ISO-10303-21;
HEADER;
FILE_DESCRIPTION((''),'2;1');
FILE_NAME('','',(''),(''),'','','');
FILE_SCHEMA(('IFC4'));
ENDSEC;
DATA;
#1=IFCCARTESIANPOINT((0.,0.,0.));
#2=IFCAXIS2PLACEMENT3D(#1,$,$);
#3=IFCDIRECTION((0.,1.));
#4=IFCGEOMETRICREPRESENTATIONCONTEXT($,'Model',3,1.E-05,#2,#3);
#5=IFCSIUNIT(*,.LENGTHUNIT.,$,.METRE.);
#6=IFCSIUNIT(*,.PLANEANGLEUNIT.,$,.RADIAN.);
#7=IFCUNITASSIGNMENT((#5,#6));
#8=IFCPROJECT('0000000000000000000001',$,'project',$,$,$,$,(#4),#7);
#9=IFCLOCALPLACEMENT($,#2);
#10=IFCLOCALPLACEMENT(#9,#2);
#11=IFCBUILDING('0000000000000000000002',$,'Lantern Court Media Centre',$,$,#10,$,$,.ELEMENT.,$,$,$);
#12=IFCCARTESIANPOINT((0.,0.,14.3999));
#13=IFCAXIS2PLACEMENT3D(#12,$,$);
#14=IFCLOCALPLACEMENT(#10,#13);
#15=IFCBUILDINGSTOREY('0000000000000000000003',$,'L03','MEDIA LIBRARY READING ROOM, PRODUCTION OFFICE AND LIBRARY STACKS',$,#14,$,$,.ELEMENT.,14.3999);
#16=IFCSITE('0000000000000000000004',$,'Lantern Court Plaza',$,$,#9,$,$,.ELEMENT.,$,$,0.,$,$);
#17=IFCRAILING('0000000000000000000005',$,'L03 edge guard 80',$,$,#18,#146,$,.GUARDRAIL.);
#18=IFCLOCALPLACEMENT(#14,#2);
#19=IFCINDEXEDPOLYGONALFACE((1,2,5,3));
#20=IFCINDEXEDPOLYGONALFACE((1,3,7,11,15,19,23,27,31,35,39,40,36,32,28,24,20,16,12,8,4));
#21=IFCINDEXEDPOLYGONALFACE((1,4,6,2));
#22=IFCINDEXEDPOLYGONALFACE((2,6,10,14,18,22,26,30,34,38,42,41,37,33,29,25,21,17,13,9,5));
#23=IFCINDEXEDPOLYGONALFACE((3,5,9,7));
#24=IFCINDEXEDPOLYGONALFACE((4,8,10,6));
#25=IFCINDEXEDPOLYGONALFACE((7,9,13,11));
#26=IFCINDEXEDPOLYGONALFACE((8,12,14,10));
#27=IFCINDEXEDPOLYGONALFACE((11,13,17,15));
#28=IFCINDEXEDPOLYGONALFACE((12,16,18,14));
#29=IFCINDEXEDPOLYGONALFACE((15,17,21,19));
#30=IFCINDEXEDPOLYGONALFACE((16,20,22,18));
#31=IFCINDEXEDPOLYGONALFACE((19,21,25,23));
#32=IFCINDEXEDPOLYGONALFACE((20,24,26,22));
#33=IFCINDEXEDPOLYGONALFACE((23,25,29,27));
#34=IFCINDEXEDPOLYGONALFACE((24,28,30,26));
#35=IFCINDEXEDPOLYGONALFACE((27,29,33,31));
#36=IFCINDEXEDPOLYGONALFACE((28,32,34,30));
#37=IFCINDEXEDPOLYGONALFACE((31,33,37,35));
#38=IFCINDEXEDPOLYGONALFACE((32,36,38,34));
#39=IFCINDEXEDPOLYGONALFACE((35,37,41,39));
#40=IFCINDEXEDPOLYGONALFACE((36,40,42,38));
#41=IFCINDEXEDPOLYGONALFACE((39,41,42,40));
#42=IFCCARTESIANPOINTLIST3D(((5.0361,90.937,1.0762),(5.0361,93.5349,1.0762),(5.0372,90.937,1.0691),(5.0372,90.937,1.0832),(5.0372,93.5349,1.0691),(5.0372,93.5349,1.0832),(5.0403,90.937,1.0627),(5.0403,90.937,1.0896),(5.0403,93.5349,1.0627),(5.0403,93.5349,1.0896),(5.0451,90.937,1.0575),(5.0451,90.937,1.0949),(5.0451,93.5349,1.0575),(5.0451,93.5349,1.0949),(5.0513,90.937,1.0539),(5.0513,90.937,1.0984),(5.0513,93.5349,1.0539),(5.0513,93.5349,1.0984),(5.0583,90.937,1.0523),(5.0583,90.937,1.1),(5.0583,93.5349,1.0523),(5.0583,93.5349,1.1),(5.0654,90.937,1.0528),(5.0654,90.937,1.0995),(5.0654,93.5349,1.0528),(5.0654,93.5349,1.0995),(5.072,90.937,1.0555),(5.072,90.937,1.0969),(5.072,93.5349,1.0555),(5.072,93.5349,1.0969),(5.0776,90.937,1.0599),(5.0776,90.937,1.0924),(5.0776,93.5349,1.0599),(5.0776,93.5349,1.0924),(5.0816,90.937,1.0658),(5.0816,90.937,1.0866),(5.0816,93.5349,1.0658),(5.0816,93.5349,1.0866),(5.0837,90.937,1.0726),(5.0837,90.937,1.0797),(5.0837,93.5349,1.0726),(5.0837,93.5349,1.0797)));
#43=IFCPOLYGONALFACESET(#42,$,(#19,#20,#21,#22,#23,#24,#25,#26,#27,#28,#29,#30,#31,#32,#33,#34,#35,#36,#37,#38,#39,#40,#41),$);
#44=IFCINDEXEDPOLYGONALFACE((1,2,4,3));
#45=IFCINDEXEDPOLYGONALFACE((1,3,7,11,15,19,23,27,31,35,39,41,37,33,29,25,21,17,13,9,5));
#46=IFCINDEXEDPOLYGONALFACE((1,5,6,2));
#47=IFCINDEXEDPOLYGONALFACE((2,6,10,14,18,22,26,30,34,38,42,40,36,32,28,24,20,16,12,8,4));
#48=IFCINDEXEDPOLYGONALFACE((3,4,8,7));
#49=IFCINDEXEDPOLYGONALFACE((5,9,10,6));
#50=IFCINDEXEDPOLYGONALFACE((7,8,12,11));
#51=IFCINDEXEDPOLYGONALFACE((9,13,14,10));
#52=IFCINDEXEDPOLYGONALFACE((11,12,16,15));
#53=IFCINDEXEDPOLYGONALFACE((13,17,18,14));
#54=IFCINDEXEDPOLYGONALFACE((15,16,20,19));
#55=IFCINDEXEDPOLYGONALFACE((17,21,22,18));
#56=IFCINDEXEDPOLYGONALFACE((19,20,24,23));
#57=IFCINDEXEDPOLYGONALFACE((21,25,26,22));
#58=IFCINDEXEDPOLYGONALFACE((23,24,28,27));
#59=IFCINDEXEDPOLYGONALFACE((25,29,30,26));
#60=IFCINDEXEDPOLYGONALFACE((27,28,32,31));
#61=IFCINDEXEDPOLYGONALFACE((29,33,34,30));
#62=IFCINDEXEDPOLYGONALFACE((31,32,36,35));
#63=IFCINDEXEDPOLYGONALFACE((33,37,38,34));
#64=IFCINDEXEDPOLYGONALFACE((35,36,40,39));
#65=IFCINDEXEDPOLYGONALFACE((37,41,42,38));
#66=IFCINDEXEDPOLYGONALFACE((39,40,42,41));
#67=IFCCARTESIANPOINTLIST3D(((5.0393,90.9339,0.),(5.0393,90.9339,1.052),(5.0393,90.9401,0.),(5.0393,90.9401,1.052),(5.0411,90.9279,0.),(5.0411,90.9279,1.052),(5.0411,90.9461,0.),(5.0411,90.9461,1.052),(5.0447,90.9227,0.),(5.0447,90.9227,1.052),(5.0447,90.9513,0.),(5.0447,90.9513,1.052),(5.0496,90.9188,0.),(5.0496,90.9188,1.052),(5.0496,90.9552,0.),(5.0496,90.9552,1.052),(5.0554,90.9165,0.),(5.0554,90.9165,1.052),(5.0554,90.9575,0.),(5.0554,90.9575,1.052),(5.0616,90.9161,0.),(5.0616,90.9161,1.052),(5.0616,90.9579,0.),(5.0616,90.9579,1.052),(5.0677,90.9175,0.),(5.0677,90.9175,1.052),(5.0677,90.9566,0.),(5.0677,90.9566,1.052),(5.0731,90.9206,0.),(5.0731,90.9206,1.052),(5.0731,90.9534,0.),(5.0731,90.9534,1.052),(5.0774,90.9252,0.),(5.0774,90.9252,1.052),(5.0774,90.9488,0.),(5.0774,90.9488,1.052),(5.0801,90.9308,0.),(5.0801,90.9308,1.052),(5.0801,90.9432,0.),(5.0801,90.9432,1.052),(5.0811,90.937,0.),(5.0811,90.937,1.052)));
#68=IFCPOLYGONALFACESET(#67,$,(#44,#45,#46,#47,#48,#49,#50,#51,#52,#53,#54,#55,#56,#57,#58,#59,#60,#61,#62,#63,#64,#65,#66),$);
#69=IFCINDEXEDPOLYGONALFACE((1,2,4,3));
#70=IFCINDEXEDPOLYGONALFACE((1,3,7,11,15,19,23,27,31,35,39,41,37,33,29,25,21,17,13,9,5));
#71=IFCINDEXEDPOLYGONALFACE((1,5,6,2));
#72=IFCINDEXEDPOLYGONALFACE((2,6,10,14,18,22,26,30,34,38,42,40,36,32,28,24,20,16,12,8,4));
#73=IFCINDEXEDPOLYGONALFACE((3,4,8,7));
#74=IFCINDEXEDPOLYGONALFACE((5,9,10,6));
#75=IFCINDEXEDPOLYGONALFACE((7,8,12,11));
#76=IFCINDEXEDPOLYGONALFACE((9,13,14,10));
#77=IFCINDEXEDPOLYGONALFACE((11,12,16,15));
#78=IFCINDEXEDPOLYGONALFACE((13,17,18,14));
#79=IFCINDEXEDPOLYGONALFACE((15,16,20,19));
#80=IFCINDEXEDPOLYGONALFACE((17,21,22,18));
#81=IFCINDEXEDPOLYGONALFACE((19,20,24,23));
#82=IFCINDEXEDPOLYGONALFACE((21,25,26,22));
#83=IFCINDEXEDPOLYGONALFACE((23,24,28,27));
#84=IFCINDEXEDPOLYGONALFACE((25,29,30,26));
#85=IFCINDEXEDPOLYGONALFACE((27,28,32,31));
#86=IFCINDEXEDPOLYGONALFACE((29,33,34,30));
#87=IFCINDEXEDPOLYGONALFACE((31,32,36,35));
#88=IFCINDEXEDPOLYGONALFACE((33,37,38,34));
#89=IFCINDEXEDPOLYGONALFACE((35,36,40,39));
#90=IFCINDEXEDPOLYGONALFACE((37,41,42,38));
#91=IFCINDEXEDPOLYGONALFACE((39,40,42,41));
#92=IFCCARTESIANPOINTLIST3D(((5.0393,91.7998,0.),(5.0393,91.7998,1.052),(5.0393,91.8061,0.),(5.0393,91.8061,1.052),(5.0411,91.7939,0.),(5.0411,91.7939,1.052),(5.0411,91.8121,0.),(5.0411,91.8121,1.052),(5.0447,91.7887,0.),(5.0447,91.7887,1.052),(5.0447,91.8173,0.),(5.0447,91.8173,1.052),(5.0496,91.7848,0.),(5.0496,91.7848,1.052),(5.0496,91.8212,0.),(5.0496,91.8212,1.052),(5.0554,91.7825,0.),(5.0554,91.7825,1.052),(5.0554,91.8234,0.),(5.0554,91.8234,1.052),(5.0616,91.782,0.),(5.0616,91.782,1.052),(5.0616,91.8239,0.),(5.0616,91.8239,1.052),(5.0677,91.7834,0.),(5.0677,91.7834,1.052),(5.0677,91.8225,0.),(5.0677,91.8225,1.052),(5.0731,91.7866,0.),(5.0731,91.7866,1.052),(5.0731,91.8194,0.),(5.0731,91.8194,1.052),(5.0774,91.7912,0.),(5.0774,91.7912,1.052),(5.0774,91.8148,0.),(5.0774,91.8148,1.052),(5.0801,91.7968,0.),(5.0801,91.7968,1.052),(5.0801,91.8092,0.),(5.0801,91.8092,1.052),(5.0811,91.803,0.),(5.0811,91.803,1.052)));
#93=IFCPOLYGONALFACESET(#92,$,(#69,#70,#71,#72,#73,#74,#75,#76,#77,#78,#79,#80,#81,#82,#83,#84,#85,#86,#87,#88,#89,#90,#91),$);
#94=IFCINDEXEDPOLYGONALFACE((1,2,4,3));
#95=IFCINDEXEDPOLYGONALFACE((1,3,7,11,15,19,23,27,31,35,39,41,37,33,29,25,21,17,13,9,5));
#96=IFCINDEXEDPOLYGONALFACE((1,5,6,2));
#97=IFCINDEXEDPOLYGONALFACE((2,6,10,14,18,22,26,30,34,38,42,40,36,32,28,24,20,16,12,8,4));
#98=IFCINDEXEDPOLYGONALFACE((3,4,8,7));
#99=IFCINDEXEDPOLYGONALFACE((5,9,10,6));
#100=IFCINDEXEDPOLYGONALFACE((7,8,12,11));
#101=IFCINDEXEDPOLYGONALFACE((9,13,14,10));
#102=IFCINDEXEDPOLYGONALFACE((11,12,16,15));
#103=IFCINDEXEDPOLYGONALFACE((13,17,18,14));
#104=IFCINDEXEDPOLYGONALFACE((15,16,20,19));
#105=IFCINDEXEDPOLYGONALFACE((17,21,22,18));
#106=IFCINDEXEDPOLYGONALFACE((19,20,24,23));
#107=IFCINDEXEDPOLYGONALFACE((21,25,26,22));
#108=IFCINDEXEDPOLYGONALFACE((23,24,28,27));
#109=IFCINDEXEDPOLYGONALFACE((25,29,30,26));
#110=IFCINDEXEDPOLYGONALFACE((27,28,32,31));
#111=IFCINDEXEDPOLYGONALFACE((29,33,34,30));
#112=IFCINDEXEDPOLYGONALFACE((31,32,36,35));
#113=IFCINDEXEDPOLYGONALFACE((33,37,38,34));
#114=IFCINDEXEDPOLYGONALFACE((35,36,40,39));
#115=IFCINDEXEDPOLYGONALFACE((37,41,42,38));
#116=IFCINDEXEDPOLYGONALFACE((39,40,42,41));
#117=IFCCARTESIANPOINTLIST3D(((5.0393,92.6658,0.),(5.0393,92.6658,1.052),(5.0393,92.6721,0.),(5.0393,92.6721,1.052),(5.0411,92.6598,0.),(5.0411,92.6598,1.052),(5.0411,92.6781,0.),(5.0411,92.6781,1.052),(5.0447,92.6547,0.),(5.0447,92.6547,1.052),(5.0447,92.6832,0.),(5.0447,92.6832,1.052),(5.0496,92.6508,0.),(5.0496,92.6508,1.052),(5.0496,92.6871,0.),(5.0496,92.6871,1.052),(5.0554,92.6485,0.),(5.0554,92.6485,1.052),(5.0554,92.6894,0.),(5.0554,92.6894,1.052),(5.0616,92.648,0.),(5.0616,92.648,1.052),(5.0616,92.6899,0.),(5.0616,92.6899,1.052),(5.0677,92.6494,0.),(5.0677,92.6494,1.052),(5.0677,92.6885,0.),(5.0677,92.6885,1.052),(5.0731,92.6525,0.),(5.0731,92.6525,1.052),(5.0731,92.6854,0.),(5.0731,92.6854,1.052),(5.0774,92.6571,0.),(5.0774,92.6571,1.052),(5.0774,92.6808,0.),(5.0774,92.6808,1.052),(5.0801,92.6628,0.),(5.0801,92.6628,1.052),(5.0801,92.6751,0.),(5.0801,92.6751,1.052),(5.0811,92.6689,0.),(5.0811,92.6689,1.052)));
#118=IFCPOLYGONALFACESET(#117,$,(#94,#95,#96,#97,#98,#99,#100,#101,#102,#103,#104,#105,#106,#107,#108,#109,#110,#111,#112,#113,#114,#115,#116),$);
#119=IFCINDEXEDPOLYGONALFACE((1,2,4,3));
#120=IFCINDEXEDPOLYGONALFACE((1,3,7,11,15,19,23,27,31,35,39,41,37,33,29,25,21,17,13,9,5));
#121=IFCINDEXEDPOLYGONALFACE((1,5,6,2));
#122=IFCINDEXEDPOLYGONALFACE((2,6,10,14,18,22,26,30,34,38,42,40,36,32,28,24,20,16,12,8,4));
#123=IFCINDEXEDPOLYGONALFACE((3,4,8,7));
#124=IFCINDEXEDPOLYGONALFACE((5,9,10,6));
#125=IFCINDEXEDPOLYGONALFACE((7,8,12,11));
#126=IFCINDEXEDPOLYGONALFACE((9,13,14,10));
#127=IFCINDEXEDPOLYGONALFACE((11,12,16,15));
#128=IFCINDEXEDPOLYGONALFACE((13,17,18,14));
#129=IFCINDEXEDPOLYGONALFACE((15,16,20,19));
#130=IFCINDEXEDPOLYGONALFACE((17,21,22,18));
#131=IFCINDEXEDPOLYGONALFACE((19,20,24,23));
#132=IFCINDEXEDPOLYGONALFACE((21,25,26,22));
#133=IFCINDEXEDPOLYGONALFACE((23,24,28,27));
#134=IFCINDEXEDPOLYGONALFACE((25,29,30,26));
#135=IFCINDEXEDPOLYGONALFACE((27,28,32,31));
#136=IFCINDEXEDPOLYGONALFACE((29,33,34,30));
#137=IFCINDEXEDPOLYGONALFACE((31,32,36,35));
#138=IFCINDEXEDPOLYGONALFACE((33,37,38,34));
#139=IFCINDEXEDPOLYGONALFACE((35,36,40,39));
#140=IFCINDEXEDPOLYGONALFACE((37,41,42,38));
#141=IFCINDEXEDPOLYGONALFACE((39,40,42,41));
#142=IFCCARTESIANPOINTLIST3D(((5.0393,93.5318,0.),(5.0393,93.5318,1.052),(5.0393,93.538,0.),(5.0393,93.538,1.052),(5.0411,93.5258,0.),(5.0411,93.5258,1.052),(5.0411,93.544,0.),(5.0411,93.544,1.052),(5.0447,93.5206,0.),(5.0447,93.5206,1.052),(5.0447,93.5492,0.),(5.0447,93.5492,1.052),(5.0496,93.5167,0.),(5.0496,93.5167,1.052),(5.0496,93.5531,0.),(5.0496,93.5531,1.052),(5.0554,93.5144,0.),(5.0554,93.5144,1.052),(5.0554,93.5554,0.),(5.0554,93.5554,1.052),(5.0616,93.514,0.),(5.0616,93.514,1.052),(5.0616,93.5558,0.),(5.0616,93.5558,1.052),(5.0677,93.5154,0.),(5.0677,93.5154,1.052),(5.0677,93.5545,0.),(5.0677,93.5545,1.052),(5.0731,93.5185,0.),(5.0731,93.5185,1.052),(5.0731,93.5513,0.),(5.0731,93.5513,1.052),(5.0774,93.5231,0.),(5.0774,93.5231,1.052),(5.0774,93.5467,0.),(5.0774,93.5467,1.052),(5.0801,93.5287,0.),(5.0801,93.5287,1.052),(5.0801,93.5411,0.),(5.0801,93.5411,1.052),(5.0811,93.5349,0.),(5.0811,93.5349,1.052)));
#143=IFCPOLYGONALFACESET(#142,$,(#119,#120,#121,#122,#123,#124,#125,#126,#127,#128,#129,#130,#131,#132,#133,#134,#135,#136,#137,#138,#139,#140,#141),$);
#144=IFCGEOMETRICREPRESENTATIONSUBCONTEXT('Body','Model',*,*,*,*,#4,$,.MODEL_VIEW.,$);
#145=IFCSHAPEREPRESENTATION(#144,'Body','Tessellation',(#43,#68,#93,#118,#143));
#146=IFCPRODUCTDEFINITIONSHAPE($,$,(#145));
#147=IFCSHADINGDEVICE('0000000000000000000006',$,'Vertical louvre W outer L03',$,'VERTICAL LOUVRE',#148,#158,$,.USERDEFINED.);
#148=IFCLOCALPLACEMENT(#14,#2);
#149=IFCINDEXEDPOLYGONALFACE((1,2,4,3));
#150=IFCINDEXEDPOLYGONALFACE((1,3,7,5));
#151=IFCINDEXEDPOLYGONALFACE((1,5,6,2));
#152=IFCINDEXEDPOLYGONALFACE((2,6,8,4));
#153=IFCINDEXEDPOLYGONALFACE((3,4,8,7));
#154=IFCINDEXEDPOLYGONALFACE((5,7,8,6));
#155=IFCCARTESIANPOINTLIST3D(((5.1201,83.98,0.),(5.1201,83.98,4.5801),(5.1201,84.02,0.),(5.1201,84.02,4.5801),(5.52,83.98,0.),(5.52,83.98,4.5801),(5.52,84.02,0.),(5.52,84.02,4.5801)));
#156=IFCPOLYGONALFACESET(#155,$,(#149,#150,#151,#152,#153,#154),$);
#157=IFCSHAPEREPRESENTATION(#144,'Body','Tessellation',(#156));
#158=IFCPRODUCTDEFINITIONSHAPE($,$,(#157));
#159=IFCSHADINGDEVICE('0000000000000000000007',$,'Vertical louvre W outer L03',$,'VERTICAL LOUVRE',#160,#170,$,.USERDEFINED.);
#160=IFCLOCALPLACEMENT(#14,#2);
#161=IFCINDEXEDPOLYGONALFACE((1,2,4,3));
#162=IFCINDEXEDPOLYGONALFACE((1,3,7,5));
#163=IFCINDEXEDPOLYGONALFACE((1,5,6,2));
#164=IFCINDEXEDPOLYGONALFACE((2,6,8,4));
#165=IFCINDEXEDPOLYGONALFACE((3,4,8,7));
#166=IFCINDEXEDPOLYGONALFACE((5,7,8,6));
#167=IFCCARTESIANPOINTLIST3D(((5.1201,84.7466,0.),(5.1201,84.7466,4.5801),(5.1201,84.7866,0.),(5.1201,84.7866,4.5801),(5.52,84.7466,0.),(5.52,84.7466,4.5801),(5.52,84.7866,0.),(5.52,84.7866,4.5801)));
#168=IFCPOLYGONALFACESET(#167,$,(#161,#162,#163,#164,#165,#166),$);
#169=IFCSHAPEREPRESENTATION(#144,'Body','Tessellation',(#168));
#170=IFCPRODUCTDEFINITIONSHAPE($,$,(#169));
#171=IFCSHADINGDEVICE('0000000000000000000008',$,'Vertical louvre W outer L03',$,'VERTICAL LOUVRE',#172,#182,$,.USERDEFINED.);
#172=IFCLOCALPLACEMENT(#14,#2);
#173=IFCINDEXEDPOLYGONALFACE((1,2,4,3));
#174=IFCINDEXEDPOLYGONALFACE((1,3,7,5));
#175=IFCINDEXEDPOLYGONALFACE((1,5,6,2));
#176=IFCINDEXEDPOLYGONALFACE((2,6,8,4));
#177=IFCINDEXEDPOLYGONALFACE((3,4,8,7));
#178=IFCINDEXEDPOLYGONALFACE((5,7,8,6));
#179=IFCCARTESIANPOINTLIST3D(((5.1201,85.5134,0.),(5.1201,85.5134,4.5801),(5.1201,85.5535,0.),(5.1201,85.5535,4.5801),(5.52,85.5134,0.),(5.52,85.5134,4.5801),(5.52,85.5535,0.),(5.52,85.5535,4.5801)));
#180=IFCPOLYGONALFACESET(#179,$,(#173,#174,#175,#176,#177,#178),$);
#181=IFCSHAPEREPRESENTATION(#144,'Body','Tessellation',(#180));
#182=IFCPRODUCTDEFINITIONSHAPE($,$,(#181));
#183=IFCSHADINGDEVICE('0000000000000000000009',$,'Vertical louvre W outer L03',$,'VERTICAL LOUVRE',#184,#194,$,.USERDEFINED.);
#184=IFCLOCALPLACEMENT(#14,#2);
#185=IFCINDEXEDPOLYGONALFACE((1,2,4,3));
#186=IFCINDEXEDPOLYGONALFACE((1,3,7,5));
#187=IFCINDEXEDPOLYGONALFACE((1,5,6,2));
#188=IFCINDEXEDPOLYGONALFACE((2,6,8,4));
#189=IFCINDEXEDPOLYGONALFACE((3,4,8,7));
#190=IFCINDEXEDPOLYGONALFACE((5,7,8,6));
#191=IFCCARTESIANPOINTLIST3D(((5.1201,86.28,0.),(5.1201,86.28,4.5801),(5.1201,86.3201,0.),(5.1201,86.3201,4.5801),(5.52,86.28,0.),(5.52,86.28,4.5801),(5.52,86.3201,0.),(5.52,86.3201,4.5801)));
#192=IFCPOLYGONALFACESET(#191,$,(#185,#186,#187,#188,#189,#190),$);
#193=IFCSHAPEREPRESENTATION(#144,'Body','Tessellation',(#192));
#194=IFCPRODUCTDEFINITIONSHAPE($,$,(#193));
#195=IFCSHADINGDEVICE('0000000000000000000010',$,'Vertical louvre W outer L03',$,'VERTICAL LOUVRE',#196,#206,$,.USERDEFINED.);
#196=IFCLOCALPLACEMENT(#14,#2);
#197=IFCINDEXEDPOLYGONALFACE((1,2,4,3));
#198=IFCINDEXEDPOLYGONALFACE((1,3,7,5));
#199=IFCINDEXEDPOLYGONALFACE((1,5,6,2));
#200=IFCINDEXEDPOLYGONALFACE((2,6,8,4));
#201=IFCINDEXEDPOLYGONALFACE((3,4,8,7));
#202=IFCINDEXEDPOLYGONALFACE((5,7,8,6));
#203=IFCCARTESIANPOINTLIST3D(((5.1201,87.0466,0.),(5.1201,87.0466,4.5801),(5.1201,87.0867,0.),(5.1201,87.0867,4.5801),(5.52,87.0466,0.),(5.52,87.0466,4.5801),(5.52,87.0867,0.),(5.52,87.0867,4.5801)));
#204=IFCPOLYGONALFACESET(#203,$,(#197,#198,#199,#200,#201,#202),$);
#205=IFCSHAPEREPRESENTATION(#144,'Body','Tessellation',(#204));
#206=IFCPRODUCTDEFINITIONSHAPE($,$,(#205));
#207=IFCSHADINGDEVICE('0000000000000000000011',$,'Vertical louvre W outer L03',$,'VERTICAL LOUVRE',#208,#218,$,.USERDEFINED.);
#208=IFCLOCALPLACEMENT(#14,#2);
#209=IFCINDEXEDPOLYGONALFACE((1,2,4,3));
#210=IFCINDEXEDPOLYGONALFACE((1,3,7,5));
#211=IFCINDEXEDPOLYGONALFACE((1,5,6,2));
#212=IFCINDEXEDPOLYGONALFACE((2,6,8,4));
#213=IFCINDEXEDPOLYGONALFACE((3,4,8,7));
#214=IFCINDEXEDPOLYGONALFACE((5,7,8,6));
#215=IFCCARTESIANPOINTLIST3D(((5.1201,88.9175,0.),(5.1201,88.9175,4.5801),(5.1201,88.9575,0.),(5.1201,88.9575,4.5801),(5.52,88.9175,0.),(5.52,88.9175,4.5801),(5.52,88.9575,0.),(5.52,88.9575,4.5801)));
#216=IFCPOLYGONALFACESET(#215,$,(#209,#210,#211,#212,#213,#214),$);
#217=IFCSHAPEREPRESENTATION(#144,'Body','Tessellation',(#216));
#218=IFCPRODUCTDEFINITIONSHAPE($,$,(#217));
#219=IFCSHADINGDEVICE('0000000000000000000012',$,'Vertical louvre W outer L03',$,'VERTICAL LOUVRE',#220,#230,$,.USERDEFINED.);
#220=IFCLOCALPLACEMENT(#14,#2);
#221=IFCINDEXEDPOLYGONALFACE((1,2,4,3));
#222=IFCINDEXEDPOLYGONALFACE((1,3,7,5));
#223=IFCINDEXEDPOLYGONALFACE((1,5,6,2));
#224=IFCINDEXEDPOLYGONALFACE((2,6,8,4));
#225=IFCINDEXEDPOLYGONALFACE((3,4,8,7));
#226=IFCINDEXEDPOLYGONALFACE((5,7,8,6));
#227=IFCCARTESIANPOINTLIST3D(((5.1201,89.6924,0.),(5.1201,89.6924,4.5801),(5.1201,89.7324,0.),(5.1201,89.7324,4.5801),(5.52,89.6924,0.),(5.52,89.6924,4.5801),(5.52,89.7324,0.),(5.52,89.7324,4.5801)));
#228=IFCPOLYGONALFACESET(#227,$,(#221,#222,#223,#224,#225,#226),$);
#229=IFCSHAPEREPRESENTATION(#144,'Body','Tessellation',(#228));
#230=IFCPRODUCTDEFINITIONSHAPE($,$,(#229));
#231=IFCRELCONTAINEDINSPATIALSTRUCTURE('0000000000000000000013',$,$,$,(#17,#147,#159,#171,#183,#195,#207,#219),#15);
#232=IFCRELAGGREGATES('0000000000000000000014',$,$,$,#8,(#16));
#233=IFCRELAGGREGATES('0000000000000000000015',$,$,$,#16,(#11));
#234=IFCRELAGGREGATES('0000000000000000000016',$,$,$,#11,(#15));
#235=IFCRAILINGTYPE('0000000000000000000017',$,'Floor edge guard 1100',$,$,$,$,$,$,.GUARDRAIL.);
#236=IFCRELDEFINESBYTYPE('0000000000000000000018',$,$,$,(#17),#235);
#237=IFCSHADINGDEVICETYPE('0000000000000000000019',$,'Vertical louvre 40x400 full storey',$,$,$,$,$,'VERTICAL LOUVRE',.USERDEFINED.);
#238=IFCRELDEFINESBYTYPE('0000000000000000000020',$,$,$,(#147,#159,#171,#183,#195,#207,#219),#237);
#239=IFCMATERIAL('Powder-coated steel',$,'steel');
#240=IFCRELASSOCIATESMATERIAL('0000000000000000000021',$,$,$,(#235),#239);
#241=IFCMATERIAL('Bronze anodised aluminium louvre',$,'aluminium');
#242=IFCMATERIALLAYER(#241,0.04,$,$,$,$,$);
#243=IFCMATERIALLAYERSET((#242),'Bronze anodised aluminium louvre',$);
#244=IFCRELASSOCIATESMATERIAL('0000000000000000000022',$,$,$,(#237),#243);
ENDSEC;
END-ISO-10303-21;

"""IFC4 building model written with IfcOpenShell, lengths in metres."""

from ifc_helpers import new_model, si_unit, direction, frame, origin, origin_2d, place, context, subcontext, project, spatial, rectangle, circle, extrude, material, layer, layer_set, type_object, element, save


model = new_model("IFC4")

# Units and contexts
model_context = context("Model", 3, precision=1e-05, world=origin(), true_north=direction((0.0, 1.0)))
body_context = subcontext(model_context, "Body", "Model", "MODEL_VIEW")
ifc_project = project(units=[si_unit("LENGTHUNIT", "METRE"), si_unit("PLANEANGLEUNIT", "RADIAN")], contexts=[model_context])

# Site, building, storey
site_placement = place(None, origin())
site = spatial("IfcSite", under=ifc_project, at=site_placement, Name="Lantern Court Plaza", CompositionType="ELEMENT", RefElevation=0.0)
building_placement = place(site_placement, origin())
building = spatial("IfcBuilding", under=site, at=building_placement, Name="Lantern Court Media Centre", CompositionType="ELEMENT")
storey_placement = place(building_placement, frame((0.0, 0.0, 14.3999)))
storey = spatial("IfcBuildingStorey", under=building, at=storey_placement, Name="L03", Description="MEDIA LIBRARY READING ROOM, PRODUCTION OFFICE AND LIBRARY STACKS", CompositionType="ELEMENT", Elevation=14.3999)

# Railing
ifc_material_1 = material(Name="Powder-coated steel", Category="steel")
railing_type = type_object("IfcRailingType", Name="Floor edge guard 1100", PredefinedType="GUARDRAIL", material=ifc_material_1)
railing_1_placement = place(storey_placement, frame((5.0601, 90.937, 0.0)))
element("IfcRailing", 1, at=railing_1_placement, inside=storey, type_object=railing_type, Name="L03 edge guard 80", PredefinedType="GUARDRAIL", context=body_context, shape_type="SweptSolid", body=[
    extrude(circle(Radius=0.0239, at=origin_2d()), frame((0.0, 0.0, 1.0762), z_axis=(0.0, 1.0, 0.0), x_axis=(-1.0, 0.0, 0.0)), (0.0, 0.0, 1.0), 2.5979),
    extrude(circle(Radius=0.021, at=origin_2d()), origin(), (0.0, 0.0, 1.0), 1.052),
    extrude(circle(Radius=0.021, at=origin_2d()), frame((0.0, 0.866, 0.0)), (0.0, 0.0, 1.0), 1.052),
    extrude(circle(Radius=0.021, at=origin_2d()), frame((0.0, 1.7319, 0.0)), (0.0, 0.0, 1.0), 1.052),
    extrude(circle(Radius=0.021, at=origin_2d()), frame((0.0, 2.5979, 0.0)), (0.0, 0.0, 1.0), 1.052),
])

# Shading devices
ifc_material_2 = material(Name="Bronze anodised aluminium louvre", Category="aluminium")
ifc_layer_1 = layer(ifc_material_2, 0.04)
ifc_layer_set_1 = layer_set([ifc_layer_1], Name="Bronze anodised aluminium louvre")
shading_device_type = type_object("IfcShadingDeviceType", Name="Vertical louvre 40x400 full storey", ElementType="VERTICAL LOUVRE", PredefinedType="USERDEFINED", material=ifc_layer_set_1)
for number, where, z_axis, x_axis, name in (
    (2, (5.3201, 84.0, 0.0), (0.0, 0.0, 1.0), (1.0, 0.0, 0.0), "Vertical louvre W outer L03"),
    (3, (5.3201, 84.7666, 0.0), (0.0, 0.0, 1.0), (1.0, 0.0, 0.0), "Vertical louvre W outer L03"),
    (4, (5.3201, 85.5334, 0.0), (0.0, 0.0, 1.0), (1.0, 0.0, 0.0), "Vertical louvre W outer L03"),
    (5, (5.3201, 86.3, 0.0), (0.0, 0.0, 1.0), (1.0, 0.0, 0.0), "Vertical louvre W outer L03"),
    (6, (5.3201, 87.0667, 0.0), (0.0, 0.0, 1.0), (1.0, 0.0, 0.0), "Vertical louvre W outer L03"),
    (7, (5.3201, 88.9375, 0.0), (0.0, 0.0, 1.0), (1.0, 0.0, 0.0), "Vertical louvre W outer L03"),
    (8, (5.3201, 89.7124, 0.0), (0.0, 0.0, 1.0), (1.0, 0.0, 0.0), "Vertical louvre W outer L03"),
):
    element("IfcShadingDevice", number, at=place(storey_placement, frame(where, z_axis=z_axis, x_axis=x_axis)), inside=storey, type_object=shading_device_type, Name=name, ObjectType="VERTICAL LOUVRE", PredefinedType="USERDEFINED", context=body_context, shape_type="SweptSolid", body=[
        extrude(rectangle(XDim=0.3999, YDim=0.04, at=origin_2d()), origin(), (0.0, 0.0, 1.0), 4.5801),
    ])

save(model, "model.ifc")
